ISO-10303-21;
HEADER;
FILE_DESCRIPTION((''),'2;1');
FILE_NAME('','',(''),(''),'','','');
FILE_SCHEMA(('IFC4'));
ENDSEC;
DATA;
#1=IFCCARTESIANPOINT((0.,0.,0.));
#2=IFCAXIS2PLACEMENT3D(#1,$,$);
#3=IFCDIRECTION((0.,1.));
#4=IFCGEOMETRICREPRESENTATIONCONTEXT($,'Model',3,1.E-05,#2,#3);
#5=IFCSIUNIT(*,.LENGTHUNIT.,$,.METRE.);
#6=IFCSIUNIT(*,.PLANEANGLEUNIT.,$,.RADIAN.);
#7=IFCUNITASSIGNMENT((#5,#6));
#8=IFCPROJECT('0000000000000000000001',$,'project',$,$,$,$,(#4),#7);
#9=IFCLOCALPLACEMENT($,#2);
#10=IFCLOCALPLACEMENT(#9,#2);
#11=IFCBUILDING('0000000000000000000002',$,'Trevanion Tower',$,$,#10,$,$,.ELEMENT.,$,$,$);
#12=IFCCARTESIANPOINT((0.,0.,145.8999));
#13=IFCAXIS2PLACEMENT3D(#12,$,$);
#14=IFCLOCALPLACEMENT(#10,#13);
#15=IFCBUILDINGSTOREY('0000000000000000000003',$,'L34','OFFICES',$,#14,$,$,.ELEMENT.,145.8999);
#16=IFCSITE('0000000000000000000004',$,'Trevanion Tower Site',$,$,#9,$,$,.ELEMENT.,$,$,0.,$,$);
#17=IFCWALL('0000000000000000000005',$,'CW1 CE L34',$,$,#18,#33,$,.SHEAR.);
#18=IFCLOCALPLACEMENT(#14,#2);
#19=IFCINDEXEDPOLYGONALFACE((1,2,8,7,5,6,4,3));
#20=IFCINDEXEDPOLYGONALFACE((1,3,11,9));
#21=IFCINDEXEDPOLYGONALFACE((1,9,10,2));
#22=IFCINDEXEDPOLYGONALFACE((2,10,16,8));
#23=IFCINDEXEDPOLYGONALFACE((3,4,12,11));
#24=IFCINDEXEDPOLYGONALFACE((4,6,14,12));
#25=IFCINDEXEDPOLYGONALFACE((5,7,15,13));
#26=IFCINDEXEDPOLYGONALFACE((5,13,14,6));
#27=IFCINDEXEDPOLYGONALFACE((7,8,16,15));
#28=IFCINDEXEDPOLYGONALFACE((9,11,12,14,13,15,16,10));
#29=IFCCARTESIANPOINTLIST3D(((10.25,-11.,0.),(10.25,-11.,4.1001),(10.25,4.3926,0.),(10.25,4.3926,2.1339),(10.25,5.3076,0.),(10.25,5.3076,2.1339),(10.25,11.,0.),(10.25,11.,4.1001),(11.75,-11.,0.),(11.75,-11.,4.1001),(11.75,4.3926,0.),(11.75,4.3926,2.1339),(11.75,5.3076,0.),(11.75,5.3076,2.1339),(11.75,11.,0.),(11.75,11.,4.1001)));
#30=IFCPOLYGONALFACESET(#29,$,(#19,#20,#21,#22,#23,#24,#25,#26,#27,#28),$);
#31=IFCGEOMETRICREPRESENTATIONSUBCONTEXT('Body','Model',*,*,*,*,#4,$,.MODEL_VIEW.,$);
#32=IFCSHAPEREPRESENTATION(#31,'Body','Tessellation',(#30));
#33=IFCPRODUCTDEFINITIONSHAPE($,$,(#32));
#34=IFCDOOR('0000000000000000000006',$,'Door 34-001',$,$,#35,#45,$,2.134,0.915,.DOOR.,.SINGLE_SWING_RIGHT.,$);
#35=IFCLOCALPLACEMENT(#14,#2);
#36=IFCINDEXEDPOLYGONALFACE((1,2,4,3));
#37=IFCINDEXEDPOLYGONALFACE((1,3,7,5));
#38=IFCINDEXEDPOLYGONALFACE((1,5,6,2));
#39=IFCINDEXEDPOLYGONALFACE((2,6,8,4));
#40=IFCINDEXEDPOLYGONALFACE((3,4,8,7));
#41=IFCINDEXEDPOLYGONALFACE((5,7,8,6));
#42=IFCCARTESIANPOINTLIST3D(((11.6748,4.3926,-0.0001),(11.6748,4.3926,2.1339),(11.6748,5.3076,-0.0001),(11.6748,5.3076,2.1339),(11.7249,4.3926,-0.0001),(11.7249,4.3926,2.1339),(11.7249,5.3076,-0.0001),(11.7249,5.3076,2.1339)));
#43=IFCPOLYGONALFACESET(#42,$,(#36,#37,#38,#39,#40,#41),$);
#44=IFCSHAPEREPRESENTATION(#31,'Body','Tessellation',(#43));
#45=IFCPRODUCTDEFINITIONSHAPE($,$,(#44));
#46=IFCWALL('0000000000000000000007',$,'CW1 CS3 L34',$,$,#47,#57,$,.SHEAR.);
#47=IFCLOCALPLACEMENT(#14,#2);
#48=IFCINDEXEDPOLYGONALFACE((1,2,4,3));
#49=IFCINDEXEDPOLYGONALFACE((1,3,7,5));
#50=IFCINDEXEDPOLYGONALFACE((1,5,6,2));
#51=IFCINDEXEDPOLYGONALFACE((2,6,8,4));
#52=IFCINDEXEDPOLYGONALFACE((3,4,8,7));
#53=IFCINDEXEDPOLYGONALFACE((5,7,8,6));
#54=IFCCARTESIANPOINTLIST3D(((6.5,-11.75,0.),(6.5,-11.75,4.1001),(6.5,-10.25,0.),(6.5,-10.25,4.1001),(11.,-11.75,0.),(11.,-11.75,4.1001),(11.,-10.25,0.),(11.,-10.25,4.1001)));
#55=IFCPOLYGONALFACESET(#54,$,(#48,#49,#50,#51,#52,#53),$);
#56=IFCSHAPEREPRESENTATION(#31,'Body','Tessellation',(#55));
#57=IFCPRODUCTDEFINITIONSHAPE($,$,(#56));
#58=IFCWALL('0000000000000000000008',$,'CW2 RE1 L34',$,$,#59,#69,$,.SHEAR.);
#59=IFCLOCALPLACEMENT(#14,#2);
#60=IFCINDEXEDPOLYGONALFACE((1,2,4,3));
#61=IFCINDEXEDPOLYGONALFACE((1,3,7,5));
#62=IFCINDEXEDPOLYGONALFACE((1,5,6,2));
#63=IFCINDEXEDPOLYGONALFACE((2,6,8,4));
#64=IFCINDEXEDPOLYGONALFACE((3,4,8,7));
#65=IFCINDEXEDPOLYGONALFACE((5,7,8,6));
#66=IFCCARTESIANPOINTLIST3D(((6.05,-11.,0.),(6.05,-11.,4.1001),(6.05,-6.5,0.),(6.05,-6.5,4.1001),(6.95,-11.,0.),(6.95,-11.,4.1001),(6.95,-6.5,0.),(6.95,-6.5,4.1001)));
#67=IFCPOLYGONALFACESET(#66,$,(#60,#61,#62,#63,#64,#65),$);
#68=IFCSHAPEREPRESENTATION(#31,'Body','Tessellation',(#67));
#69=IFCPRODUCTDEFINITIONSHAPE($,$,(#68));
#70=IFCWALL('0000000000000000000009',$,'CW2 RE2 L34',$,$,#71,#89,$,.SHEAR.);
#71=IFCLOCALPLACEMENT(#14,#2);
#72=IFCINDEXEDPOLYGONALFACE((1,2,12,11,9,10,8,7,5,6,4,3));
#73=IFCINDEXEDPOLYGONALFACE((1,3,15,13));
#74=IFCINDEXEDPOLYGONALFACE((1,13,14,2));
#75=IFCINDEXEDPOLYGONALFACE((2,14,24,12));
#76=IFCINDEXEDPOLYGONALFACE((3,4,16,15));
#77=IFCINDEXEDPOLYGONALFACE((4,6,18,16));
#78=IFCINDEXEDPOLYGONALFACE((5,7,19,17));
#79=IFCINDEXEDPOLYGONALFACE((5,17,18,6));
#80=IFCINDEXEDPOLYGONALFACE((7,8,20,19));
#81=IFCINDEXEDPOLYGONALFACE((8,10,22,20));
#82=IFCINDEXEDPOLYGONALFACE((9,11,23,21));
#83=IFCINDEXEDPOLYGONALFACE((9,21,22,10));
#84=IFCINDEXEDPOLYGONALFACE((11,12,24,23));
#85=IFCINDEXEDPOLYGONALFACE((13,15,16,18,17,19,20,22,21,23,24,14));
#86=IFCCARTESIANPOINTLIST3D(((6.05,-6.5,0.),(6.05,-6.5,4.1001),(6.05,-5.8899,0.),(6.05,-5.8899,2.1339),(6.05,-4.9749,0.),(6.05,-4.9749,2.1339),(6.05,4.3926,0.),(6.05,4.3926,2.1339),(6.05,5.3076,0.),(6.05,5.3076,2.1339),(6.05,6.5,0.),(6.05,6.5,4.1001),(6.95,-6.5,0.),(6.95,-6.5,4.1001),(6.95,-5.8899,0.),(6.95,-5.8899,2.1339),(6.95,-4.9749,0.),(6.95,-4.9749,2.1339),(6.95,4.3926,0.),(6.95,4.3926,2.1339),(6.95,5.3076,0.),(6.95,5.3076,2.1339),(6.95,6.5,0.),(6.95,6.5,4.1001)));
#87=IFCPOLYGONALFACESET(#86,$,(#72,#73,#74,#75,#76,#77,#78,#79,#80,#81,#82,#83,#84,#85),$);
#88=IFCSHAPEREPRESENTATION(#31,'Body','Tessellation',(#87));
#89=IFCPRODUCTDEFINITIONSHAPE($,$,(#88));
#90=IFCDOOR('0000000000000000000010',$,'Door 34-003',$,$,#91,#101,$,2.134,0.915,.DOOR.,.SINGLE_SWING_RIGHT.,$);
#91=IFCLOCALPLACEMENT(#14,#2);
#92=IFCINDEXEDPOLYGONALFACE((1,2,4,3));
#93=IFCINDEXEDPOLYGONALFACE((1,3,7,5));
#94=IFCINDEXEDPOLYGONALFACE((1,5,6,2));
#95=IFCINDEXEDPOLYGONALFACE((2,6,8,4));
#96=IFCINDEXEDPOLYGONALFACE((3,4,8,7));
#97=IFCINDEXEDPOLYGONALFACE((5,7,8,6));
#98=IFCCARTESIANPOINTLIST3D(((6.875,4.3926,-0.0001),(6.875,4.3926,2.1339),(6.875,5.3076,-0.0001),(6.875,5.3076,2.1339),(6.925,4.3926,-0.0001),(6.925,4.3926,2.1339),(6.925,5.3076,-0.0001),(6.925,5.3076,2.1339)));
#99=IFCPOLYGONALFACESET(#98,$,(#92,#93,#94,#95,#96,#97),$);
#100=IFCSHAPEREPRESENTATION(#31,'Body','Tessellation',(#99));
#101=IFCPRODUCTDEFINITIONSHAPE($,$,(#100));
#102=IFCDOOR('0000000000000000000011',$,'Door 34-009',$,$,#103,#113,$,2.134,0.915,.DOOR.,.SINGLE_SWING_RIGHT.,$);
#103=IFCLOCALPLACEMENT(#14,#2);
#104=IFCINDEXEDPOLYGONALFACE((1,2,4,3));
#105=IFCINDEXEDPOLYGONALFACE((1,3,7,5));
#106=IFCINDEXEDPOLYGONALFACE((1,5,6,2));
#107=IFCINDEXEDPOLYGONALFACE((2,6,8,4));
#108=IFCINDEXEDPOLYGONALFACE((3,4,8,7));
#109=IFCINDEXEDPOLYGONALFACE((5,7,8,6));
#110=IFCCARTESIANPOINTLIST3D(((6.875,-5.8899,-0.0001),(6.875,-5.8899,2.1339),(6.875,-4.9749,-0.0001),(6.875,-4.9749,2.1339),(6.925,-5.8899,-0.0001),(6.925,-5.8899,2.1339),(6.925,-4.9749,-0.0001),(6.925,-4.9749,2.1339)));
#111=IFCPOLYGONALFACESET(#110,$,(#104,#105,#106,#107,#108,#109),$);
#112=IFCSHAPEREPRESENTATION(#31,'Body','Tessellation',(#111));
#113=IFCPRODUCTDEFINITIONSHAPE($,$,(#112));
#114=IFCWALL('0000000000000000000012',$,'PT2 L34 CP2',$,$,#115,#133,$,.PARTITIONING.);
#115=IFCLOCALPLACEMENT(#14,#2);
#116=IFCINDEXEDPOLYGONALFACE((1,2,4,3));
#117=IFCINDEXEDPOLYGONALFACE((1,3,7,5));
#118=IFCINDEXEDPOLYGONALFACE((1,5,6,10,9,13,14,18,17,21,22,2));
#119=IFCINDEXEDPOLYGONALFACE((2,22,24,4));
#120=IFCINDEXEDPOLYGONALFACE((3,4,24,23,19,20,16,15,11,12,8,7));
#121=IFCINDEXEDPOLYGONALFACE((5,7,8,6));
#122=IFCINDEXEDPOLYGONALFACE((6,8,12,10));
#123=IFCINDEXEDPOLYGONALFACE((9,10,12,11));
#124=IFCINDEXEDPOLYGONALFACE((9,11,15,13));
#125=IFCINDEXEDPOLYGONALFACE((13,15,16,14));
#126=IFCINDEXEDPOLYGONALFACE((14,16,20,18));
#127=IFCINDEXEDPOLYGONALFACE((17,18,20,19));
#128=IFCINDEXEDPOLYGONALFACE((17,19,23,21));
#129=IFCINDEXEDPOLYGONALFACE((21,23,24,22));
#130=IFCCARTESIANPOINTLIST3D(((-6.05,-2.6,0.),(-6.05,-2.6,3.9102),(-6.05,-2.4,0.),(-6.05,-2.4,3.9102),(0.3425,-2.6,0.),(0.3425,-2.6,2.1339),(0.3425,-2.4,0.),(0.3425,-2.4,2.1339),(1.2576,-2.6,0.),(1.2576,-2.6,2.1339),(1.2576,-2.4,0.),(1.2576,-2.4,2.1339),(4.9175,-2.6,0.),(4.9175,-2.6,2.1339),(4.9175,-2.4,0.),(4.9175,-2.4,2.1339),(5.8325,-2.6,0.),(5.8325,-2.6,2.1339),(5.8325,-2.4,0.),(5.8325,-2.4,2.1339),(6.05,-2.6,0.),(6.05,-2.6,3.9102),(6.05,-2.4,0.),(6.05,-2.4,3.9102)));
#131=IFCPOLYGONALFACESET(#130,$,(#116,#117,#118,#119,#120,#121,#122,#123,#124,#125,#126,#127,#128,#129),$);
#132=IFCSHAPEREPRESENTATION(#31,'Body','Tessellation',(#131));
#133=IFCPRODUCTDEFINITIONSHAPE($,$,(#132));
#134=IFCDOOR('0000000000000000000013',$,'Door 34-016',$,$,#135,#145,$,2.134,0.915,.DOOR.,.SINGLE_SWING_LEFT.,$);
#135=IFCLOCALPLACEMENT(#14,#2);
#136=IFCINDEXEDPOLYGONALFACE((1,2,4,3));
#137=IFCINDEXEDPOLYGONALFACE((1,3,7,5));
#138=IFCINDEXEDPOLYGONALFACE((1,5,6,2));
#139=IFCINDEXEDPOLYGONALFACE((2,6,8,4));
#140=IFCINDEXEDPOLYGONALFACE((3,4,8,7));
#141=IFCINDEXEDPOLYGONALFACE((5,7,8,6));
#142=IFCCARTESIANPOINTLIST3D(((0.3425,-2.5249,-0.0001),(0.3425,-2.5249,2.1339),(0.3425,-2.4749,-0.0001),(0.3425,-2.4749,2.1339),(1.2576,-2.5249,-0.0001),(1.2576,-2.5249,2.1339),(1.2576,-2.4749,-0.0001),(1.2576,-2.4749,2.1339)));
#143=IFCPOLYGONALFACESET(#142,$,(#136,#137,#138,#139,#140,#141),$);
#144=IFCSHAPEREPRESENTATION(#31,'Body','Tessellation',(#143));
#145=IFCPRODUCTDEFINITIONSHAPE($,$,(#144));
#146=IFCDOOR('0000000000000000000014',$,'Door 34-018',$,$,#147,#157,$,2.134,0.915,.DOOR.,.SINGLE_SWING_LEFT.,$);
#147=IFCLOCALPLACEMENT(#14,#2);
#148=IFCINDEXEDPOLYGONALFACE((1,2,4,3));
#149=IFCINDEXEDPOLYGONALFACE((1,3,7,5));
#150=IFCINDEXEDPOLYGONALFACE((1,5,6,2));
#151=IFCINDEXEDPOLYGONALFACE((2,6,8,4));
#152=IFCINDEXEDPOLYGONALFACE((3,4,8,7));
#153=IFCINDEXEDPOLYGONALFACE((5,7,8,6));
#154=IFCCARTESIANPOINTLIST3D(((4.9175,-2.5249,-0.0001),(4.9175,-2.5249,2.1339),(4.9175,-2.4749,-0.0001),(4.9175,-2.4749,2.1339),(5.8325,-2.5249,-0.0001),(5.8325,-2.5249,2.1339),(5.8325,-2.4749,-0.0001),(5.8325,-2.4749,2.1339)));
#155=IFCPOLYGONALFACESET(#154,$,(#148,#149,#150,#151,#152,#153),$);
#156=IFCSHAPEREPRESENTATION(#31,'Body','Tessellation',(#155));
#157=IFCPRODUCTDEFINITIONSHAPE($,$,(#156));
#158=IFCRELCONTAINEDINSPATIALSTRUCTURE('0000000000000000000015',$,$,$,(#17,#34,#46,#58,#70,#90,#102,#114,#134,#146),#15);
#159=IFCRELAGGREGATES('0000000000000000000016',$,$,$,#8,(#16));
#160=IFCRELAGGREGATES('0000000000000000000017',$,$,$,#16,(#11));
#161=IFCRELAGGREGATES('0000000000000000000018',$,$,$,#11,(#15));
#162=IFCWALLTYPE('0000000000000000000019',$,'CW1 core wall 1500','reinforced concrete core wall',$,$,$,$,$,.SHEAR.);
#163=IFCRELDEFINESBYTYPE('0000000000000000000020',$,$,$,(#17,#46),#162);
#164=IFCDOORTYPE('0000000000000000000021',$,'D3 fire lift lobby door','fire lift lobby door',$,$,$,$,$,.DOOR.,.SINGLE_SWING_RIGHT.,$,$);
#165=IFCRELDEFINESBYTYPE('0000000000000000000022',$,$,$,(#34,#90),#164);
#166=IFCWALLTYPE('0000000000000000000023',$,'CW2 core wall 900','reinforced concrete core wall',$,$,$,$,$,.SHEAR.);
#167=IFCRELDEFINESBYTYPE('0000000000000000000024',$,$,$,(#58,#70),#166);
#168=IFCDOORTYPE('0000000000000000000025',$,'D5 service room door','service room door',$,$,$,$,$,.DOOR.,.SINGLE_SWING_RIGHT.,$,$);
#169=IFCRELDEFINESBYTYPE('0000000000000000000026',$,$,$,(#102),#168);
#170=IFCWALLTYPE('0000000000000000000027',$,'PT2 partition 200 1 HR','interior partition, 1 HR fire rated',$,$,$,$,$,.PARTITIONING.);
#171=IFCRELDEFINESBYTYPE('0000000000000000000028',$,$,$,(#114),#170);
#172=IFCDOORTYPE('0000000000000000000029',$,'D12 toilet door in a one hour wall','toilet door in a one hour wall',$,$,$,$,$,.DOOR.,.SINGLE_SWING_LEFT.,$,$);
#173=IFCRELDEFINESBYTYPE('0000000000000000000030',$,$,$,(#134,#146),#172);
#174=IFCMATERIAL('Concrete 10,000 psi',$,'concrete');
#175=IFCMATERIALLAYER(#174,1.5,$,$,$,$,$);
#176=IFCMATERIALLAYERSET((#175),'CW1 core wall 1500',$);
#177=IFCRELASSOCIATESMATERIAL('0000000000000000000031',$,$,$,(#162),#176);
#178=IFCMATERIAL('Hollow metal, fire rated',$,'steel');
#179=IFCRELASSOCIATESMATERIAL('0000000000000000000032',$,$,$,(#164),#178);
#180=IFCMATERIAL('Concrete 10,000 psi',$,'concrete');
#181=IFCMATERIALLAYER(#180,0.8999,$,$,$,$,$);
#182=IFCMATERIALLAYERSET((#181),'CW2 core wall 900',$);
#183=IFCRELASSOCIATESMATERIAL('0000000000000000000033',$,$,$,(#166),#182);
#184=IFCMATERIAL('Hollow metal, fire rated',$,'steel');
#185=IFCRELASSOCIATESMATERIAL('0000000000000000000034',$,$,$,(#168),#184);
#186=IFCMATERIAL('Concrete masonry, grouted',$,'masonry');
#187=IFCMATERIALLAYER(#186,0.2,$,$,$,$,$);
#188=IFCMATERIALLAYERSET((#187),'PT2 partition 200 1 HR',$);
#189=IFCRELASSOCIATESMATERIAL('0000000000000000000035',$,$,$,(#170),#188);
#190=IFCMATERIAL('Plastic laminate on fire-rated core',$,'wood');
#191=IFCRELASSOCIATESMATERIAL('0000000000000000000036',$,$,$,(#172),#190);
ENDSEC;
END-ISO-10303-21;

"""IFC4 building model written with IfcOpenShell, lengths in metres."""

from ifc_helpers import new_model, si_unit, direction, frame, frame_2d, origin, place, context, subcontext, project, spatial, rectangle, extrude, material, layer, layer_set, type_object, element, fill, save


model = new_model("IFC4")

# Units and contexts
model_context = context("Model", 3, precision=1e-05, world=origin(), true_north=direction((0.0, 1.0)))
body_context = subcontext(model_context, "Body", "Model", "MODEL_VIEW")
ifc_project = project(units=[si_unit("LENGTHUNIT", "METRE"), si_unit("PLANEANGLEUNIT", "RADIAN")], contexts=[model_context])

# Site, building, storey
site_placement = place(None, origin())
site = spatial("IfcSite", under=ifc_project, at=site_placement, Name="Trevanion Tower Site", CompositionType="ELEMENT", RefElevation=0.0)
building_placement = place(site_placement, origin())
building = spatial("IfcBuilding", under=site, at=building_placement, Name="Trevanion Tower", CompositionType="ELEMENT")
storey_placement = place(building_placement, frame((0.0, 0.0, 145.8999)))
storey = spatial("IfcBuildingStorey", under=building, at=storey_placement, Name="L34", Description="OFFICES", CompositionType="ELEMENT", Elevation=145.8999)

# Wall, opening, door
ifc_material_1 = material(Name="Concrete 10,000 psi", Category="concrete")
ifc_layer_1 = layer(ifc_material_1, 1.5)
ifc_layer_set_1 = layer_set([ifc_layer_1], Name="CW1 core wall 1500")
wall_type_1 = type_object("IfcWallType", Name="CW1 core wall 1500", Description="reinforced concrete core wall", PredefinedType="SHEAR", material=ifc_layer_set_1)
wall_1_placement = place(storey_placement, frame((11.0, -11.0, 0.0), z_axis=(0.0, 0.0, 1.0), x_axis=(0.0, 1.0, 0.0)))
wall_1 = element("IfcWall", 1, at=wall_1_placement, inside=storey, type_object=wall_type_1, Name="CW1 CE L34", PredefinedType="SHEAR", context=body_context, shape_type="SweptSolid", body=[
    extrude(rectangle(XDim=22.0, YDim=1.5, at=frame_2d((11.0, 0.0))), origin(), (0.0, 0.0, 1.0), 4.1001),
])
opening_1_placement = place(wall_1_placement, frame((15.3926, 0.0, 0.0)))
opening_1 = element("IfcOpeningElement", 2, at=opening_1_placement, cuts=wall_1, PredefinedType="OPENING", context=body_context, shape_type="SweptSolid", body=[
    extrude(rectangle(XDim=0.915, YDim=2.134, at=frame_2d((0.4575, 1.0669))), frame((0.0, 0.76, 0.0), z_axis=(0.0, -1.0, 0.0), x_axis=(1.0, 0.0, 0.0)), (0.0, 0.0, 1.0), 1.52),
])
ifc_material_2 = material(Name="Hollow metal, fire rated", Category="steel")
door_type_1 = type_object("IfcDoorType", Name="D3 fire lift lobby door", Description="fire lift lobby door", OperationType="SINGLE_SWING_RIGHT", PredefinedType="DOOR", material=ifc_material_2)
door_1_placement = place(opening_1_placement, origin())
door_1 = element("IfcDoor", 3, at=door_1_placement, inside=storey, type_object=door_type_1, Name="Door 34-001", OperationType="SINGLE_SWING_RIGHT", OverallHeight=2.134, OverallWidth=0.915, PredefinedType="DOOR", context=body_context, shape_type="SweptSolid", body=[
    extrude(rectangle(XDim=0.915, YDim=2.134, at=frame_2d((0.4575, 1.0669))), frame((0.0, -0.6748, 0.0), z_axis=(0.0, -1.0, 0.0), x_axis=(1.0, 0.0, 0.0)), (0.0, 0.0, 1.0), 0.05),
])
fill(opening_1, door_1)

# Walls
wall_2_placement = place(storey_placement, frame((6.5, -11.0, 0.0), z_axis=(0.0, 0.0, 1.0), x_axis=(1.0, 0.0, 0.0)))
element("IfcWall", 4, at=wall_2_placement, inside=storey, type_object=wall_type_1, Name="CW1 CS3 L34", PredefinedType="SHEAR", context=body_context, shape_type="SweptSolid", body=[
    extrude(rectangle(XDim=4.5, YDim=1.5, at=frame_2d((2.25, 0.0))), origin(), (0.0, 0.0, 1.0), 4.1001),
])
ifc_material_3 = material(Name="Concrete 10,000 psi", Category="concrete")
ifc_layer_2 = layer(ifc_material_3, 0.8999)
ifc_layer_set_2 = layer_set([ifc_layer_2], Name="CW2 core wall 900")
wall_type_2 = type_object("IfcWallType", Name="CW2 core wall 900", Description="reinforced concrete core wall", PredefinedType="SHEAR", material=ifc_layer_set_2)
wall_3_placement = place(storey_placement, frame((6.5, -11.0, 0.0), z_axis=(0.0, 0.0, 1.0), x_axis=(0.0, 1.0, 0.0)))
element("IfcWall", 5, at=wall_3_placement, inside=storey, type_object=wall_type_2, Name="CW2 RE1 L34", PredefinedType="SHEAR", context=body_context, shape_type="SweptSolid", body=[
    extrude(rectangle(XDim=4.5, YDim=0.8999, at=frame_2d((2.25, 0.0))), origin(), (0.0, 0.0, 1.0), 4.1001),
])

# Walls, openings, doors
wall_4_placement = place(storey_placement, frame((6.5, -6.5, 0.0), z_axis=(0.0, 0.0, 1.0), x_axis=(0.0, 1.0, 0.0)))
wall_4 = element("IfcWall", 6, at=wall_4_placement, inside=storey, type_object=wall_type_2, Name="CW2 RE2 L34", PredefinedType="SHEAR", context=body_context, shape_type="SweptSolid", body=[
    extrude(rectangle(XDim=13.0, YDim=0.8999, at=frame_2d((6.5, 0.0))), origin(), (0.0, 0.0, 1.0), 4.1001),
])
opening_2_placement = place(wall_4_placement, frame((10.8926, 0.0, 0.0)))
opening_2 = element("IfcOpeningElement", 7, at=opening_2_placement, cuts=wall_4, PredefinedType="OPENING", context=body_context, shape_type="SweptSolid", body=[
    extrude(rectangle(XDim=0.915, YDim=2.134, at=frame_2d((0.4575, 1.0669))), frame((0.0, 0.46, 0.0), z_axis=(0.0, -1.0, 0.0), x_axis=(1.0, 0.0, 0.0)), (0.0, 0.0, 1.0), 0.9199),
])
opening_3_placement = place(wall_4_placement, frame((0.6101, 0.0, 0.0)))
opening_3 = element("IfcOpeningElement", 8, at=opening_3_placement, cuts=wall_4, PredefinedType="OPENING", context=body_context, shape_type="SweptSolid", body=[
    extrude(rectangle(XDim=0.915, YDim=2.134, at=frame_2d((0.4575, 1.0669))), frame((0.0, 0.46, 0.0), z_axis=(0.0, -1.0, 0.0), x_axis=(1.0, 0.0, 0.0)), (0.0, 0.0, 1.0), 0.9199),
])
door_2_placement = place(opening_2_placement, origin())
door_2 = element("IfcDoor", 9, at=door_2_placement, inside=storey, type_object=door_type_1, Name="Door 34-003", OperationType="SINGLE_SWING_RIGHT", OverallHeight=2.134, OverallWidth=0.915, PredefinedType="DOOR", context=body_context, shape_type="SweptSolid", body=[
    extrude(rectangle(XDim=0.915, YDim=2.134, at=frame_2d((0.4575, 1.0669))), frame((0.0, -0.375, 0.0), z_axis=(0.0, -1.0, 0.0), x_axis=(1.0, 0.0, 0.0)), (0.0, 0.0, 1.0), 0.05),
])
fill(opening_2, door_2)
ifc_material_4 = material(Name="Hollow metal, fire rated", Category="steel")
door_type_2 = type_object("IfcDoorType", Name="D5 service room door", Description="service room door", OperationType="SINGLE_SWING_RIGHT", PredefinedType="DOOR", material=ifc_material_4)
door_3_placement = place(opening_3_placement, origin())
door_3 = element("IfcDoor", 10, at=door_3_placement, inside=storey, type_object=door_type_2, Name="Door 34-009", OperationType="SINGLE_SWING_RIGHT", OverallHeight=2.134, OverallWidth=0.915, PredefinedType="DOOR", context=body_context, shape_type="SweptSolid", body=[
    extrude(rectangle(XDim=0.915, YDim=2.134, at=frame_2d((0.4575, 1.0669))), frame((0.0, -0.375, 0.0), z_axis=(0.0, -1.0, 0.0), x_axis=(1.0, 0.0, 0.0)), (0.0, 0.0, 1.0), 0.05),
])
fill(opening_3, door_3)
ifc_material_5 = material(Name="Concrete masonry, grouted", Category="masonry")
ifc_layer_3 = layer(ifc_material_5, 0.2)
ifc_layer_set_3 = layer_set([ifc_layer_3], Name="PT2 partition 200 1 HR")
wall_type_3 = type_object("IfcWallType", Name="PT2 partition 200 1 HR", Description="interior partition, 1 HR fire rated", PredefinedType="PARTITIONING", material=ifc_layer_set_3)
wall_5_placement = place(storey_placement, frame((6.05, -2.5, 0.0), z_axis=(0.0, 0.0, 1.0), x_axis=(-1.0, 0.0, 0.0)))
wall_5 = element("IfcWall", 11, at=wall_5_placement, inside=storey, type_object=wall_type_3, Name="PT2 L34 CP2", PredefinedType="PARTITIONING", context=body_context, shape_type="SweptSolid", body=[
    extrude(rectangle(XDim=12.1001, YDim=0.2, at=frame_2d((6.05, 0.0))), origin(), (0.0, 0.0, 1.0), 3.9102),
])
opening_4_placement = place(wall_5_placement, frame((4.7925, 0.0, 0.0)))
opening_4 = element("IfcOpeningElement", 12, at=opening_4_placement, cuts=wall_5, PredefinedType="OPENING", context=body_context, shape_type="SweptSolid", body=[
    extrude(rectangle(XDim=0.915, YDim=2.134, at=frame_2d((0.4575, 1.0669))), frame((0.0, 0.1099, 0.0), z_axis=(0.0, -1.0, 0.0), x_axis=(1.0, 0.0, 0.0)), (0.0, 0.0, 1.0), 0.22),
])
opening_5_placement = place(wall_5_placement, frame((0.2175, 0.0, 0.0)))
opening_5 = element("IfcOpeningElement", 13, at=opening_5_placement, cuts=wall_5, PredefinedType="OPENING", context=body_context, shape_type="SweptSolid", body=[
    extrude(rectangle(XDim=0.915, YDim=2.134, at=frame_2d((0.4575, 1.0669))), frame((0.0, 0.1099, 0.0), z_axis=(0.0, -1.0, 0.0), x_axis=(1.0, 0.0, 0.0)), (0.0, 0.0, 1.0), 0.22),
])
ifc_material_6 = material(Name="Plastic laminate on fire-rated core", Category="wood")
door_type_3 = type_object("IfcDoorType", Name="D12 toilet door in a one hour wall", Description="toilet door in a one hour wall", OperationType="SINGLE_SWING_LEFT", PredefinedType="DOOR", material=ifc_material_6)
door_4_placement = place(opening_4_placement, origin())
door_4 = element("IfcDoor", 14, at=door_4_placement, inside=storey, type_object=door_type_3, Name="Door 34-016", OperationType="SINGLE_SWING_LEFT", OverallHeight=2.134, OverallWidth=0.915, PredefinedType="DOOR", context=body_context, shape_type="SweptSolid", body=[
    extrude(rectangle(XDim=0.915, YDim=2.134, at=frame_2d((0.4575, 1.0669))), frame((0.0, 0.0249, 0.0), z_axis=(0.0, -1.0, 0.0), x_axis=(1.0, 0.0, 0.0)), (0.0, 0.0, 1.0), 0.05),
])
fill(opening_4, door_4)
door_5_placement = place(opening_5_placement, origin())
door_5 = element("IfcDoor", 15, at=door_5_placement, inside=storey, type_object=door_type_3, Name="Door 34-018", OperationType="SINGLE_SWING_LEFT", OverallHeight=2.134, OverallWidth=0.915, PredefinedType="DOOR", context=body_context, shape_type="SweptSolid", body=[
    extrude(rectangle(XDim=0.915, YDim=2.134, at=frame_2d((0.4575, 1.0669))), frame((0.0, 0.0249, 0.0), z_axis=(0.0, -1.0, 0.0), x_axis=(1.0, 0.0, 0.0)), (0.0, 0.0, 1.0), 0.05),
])
fill(opening_5, door_5)

save(model, "model.ifc")
